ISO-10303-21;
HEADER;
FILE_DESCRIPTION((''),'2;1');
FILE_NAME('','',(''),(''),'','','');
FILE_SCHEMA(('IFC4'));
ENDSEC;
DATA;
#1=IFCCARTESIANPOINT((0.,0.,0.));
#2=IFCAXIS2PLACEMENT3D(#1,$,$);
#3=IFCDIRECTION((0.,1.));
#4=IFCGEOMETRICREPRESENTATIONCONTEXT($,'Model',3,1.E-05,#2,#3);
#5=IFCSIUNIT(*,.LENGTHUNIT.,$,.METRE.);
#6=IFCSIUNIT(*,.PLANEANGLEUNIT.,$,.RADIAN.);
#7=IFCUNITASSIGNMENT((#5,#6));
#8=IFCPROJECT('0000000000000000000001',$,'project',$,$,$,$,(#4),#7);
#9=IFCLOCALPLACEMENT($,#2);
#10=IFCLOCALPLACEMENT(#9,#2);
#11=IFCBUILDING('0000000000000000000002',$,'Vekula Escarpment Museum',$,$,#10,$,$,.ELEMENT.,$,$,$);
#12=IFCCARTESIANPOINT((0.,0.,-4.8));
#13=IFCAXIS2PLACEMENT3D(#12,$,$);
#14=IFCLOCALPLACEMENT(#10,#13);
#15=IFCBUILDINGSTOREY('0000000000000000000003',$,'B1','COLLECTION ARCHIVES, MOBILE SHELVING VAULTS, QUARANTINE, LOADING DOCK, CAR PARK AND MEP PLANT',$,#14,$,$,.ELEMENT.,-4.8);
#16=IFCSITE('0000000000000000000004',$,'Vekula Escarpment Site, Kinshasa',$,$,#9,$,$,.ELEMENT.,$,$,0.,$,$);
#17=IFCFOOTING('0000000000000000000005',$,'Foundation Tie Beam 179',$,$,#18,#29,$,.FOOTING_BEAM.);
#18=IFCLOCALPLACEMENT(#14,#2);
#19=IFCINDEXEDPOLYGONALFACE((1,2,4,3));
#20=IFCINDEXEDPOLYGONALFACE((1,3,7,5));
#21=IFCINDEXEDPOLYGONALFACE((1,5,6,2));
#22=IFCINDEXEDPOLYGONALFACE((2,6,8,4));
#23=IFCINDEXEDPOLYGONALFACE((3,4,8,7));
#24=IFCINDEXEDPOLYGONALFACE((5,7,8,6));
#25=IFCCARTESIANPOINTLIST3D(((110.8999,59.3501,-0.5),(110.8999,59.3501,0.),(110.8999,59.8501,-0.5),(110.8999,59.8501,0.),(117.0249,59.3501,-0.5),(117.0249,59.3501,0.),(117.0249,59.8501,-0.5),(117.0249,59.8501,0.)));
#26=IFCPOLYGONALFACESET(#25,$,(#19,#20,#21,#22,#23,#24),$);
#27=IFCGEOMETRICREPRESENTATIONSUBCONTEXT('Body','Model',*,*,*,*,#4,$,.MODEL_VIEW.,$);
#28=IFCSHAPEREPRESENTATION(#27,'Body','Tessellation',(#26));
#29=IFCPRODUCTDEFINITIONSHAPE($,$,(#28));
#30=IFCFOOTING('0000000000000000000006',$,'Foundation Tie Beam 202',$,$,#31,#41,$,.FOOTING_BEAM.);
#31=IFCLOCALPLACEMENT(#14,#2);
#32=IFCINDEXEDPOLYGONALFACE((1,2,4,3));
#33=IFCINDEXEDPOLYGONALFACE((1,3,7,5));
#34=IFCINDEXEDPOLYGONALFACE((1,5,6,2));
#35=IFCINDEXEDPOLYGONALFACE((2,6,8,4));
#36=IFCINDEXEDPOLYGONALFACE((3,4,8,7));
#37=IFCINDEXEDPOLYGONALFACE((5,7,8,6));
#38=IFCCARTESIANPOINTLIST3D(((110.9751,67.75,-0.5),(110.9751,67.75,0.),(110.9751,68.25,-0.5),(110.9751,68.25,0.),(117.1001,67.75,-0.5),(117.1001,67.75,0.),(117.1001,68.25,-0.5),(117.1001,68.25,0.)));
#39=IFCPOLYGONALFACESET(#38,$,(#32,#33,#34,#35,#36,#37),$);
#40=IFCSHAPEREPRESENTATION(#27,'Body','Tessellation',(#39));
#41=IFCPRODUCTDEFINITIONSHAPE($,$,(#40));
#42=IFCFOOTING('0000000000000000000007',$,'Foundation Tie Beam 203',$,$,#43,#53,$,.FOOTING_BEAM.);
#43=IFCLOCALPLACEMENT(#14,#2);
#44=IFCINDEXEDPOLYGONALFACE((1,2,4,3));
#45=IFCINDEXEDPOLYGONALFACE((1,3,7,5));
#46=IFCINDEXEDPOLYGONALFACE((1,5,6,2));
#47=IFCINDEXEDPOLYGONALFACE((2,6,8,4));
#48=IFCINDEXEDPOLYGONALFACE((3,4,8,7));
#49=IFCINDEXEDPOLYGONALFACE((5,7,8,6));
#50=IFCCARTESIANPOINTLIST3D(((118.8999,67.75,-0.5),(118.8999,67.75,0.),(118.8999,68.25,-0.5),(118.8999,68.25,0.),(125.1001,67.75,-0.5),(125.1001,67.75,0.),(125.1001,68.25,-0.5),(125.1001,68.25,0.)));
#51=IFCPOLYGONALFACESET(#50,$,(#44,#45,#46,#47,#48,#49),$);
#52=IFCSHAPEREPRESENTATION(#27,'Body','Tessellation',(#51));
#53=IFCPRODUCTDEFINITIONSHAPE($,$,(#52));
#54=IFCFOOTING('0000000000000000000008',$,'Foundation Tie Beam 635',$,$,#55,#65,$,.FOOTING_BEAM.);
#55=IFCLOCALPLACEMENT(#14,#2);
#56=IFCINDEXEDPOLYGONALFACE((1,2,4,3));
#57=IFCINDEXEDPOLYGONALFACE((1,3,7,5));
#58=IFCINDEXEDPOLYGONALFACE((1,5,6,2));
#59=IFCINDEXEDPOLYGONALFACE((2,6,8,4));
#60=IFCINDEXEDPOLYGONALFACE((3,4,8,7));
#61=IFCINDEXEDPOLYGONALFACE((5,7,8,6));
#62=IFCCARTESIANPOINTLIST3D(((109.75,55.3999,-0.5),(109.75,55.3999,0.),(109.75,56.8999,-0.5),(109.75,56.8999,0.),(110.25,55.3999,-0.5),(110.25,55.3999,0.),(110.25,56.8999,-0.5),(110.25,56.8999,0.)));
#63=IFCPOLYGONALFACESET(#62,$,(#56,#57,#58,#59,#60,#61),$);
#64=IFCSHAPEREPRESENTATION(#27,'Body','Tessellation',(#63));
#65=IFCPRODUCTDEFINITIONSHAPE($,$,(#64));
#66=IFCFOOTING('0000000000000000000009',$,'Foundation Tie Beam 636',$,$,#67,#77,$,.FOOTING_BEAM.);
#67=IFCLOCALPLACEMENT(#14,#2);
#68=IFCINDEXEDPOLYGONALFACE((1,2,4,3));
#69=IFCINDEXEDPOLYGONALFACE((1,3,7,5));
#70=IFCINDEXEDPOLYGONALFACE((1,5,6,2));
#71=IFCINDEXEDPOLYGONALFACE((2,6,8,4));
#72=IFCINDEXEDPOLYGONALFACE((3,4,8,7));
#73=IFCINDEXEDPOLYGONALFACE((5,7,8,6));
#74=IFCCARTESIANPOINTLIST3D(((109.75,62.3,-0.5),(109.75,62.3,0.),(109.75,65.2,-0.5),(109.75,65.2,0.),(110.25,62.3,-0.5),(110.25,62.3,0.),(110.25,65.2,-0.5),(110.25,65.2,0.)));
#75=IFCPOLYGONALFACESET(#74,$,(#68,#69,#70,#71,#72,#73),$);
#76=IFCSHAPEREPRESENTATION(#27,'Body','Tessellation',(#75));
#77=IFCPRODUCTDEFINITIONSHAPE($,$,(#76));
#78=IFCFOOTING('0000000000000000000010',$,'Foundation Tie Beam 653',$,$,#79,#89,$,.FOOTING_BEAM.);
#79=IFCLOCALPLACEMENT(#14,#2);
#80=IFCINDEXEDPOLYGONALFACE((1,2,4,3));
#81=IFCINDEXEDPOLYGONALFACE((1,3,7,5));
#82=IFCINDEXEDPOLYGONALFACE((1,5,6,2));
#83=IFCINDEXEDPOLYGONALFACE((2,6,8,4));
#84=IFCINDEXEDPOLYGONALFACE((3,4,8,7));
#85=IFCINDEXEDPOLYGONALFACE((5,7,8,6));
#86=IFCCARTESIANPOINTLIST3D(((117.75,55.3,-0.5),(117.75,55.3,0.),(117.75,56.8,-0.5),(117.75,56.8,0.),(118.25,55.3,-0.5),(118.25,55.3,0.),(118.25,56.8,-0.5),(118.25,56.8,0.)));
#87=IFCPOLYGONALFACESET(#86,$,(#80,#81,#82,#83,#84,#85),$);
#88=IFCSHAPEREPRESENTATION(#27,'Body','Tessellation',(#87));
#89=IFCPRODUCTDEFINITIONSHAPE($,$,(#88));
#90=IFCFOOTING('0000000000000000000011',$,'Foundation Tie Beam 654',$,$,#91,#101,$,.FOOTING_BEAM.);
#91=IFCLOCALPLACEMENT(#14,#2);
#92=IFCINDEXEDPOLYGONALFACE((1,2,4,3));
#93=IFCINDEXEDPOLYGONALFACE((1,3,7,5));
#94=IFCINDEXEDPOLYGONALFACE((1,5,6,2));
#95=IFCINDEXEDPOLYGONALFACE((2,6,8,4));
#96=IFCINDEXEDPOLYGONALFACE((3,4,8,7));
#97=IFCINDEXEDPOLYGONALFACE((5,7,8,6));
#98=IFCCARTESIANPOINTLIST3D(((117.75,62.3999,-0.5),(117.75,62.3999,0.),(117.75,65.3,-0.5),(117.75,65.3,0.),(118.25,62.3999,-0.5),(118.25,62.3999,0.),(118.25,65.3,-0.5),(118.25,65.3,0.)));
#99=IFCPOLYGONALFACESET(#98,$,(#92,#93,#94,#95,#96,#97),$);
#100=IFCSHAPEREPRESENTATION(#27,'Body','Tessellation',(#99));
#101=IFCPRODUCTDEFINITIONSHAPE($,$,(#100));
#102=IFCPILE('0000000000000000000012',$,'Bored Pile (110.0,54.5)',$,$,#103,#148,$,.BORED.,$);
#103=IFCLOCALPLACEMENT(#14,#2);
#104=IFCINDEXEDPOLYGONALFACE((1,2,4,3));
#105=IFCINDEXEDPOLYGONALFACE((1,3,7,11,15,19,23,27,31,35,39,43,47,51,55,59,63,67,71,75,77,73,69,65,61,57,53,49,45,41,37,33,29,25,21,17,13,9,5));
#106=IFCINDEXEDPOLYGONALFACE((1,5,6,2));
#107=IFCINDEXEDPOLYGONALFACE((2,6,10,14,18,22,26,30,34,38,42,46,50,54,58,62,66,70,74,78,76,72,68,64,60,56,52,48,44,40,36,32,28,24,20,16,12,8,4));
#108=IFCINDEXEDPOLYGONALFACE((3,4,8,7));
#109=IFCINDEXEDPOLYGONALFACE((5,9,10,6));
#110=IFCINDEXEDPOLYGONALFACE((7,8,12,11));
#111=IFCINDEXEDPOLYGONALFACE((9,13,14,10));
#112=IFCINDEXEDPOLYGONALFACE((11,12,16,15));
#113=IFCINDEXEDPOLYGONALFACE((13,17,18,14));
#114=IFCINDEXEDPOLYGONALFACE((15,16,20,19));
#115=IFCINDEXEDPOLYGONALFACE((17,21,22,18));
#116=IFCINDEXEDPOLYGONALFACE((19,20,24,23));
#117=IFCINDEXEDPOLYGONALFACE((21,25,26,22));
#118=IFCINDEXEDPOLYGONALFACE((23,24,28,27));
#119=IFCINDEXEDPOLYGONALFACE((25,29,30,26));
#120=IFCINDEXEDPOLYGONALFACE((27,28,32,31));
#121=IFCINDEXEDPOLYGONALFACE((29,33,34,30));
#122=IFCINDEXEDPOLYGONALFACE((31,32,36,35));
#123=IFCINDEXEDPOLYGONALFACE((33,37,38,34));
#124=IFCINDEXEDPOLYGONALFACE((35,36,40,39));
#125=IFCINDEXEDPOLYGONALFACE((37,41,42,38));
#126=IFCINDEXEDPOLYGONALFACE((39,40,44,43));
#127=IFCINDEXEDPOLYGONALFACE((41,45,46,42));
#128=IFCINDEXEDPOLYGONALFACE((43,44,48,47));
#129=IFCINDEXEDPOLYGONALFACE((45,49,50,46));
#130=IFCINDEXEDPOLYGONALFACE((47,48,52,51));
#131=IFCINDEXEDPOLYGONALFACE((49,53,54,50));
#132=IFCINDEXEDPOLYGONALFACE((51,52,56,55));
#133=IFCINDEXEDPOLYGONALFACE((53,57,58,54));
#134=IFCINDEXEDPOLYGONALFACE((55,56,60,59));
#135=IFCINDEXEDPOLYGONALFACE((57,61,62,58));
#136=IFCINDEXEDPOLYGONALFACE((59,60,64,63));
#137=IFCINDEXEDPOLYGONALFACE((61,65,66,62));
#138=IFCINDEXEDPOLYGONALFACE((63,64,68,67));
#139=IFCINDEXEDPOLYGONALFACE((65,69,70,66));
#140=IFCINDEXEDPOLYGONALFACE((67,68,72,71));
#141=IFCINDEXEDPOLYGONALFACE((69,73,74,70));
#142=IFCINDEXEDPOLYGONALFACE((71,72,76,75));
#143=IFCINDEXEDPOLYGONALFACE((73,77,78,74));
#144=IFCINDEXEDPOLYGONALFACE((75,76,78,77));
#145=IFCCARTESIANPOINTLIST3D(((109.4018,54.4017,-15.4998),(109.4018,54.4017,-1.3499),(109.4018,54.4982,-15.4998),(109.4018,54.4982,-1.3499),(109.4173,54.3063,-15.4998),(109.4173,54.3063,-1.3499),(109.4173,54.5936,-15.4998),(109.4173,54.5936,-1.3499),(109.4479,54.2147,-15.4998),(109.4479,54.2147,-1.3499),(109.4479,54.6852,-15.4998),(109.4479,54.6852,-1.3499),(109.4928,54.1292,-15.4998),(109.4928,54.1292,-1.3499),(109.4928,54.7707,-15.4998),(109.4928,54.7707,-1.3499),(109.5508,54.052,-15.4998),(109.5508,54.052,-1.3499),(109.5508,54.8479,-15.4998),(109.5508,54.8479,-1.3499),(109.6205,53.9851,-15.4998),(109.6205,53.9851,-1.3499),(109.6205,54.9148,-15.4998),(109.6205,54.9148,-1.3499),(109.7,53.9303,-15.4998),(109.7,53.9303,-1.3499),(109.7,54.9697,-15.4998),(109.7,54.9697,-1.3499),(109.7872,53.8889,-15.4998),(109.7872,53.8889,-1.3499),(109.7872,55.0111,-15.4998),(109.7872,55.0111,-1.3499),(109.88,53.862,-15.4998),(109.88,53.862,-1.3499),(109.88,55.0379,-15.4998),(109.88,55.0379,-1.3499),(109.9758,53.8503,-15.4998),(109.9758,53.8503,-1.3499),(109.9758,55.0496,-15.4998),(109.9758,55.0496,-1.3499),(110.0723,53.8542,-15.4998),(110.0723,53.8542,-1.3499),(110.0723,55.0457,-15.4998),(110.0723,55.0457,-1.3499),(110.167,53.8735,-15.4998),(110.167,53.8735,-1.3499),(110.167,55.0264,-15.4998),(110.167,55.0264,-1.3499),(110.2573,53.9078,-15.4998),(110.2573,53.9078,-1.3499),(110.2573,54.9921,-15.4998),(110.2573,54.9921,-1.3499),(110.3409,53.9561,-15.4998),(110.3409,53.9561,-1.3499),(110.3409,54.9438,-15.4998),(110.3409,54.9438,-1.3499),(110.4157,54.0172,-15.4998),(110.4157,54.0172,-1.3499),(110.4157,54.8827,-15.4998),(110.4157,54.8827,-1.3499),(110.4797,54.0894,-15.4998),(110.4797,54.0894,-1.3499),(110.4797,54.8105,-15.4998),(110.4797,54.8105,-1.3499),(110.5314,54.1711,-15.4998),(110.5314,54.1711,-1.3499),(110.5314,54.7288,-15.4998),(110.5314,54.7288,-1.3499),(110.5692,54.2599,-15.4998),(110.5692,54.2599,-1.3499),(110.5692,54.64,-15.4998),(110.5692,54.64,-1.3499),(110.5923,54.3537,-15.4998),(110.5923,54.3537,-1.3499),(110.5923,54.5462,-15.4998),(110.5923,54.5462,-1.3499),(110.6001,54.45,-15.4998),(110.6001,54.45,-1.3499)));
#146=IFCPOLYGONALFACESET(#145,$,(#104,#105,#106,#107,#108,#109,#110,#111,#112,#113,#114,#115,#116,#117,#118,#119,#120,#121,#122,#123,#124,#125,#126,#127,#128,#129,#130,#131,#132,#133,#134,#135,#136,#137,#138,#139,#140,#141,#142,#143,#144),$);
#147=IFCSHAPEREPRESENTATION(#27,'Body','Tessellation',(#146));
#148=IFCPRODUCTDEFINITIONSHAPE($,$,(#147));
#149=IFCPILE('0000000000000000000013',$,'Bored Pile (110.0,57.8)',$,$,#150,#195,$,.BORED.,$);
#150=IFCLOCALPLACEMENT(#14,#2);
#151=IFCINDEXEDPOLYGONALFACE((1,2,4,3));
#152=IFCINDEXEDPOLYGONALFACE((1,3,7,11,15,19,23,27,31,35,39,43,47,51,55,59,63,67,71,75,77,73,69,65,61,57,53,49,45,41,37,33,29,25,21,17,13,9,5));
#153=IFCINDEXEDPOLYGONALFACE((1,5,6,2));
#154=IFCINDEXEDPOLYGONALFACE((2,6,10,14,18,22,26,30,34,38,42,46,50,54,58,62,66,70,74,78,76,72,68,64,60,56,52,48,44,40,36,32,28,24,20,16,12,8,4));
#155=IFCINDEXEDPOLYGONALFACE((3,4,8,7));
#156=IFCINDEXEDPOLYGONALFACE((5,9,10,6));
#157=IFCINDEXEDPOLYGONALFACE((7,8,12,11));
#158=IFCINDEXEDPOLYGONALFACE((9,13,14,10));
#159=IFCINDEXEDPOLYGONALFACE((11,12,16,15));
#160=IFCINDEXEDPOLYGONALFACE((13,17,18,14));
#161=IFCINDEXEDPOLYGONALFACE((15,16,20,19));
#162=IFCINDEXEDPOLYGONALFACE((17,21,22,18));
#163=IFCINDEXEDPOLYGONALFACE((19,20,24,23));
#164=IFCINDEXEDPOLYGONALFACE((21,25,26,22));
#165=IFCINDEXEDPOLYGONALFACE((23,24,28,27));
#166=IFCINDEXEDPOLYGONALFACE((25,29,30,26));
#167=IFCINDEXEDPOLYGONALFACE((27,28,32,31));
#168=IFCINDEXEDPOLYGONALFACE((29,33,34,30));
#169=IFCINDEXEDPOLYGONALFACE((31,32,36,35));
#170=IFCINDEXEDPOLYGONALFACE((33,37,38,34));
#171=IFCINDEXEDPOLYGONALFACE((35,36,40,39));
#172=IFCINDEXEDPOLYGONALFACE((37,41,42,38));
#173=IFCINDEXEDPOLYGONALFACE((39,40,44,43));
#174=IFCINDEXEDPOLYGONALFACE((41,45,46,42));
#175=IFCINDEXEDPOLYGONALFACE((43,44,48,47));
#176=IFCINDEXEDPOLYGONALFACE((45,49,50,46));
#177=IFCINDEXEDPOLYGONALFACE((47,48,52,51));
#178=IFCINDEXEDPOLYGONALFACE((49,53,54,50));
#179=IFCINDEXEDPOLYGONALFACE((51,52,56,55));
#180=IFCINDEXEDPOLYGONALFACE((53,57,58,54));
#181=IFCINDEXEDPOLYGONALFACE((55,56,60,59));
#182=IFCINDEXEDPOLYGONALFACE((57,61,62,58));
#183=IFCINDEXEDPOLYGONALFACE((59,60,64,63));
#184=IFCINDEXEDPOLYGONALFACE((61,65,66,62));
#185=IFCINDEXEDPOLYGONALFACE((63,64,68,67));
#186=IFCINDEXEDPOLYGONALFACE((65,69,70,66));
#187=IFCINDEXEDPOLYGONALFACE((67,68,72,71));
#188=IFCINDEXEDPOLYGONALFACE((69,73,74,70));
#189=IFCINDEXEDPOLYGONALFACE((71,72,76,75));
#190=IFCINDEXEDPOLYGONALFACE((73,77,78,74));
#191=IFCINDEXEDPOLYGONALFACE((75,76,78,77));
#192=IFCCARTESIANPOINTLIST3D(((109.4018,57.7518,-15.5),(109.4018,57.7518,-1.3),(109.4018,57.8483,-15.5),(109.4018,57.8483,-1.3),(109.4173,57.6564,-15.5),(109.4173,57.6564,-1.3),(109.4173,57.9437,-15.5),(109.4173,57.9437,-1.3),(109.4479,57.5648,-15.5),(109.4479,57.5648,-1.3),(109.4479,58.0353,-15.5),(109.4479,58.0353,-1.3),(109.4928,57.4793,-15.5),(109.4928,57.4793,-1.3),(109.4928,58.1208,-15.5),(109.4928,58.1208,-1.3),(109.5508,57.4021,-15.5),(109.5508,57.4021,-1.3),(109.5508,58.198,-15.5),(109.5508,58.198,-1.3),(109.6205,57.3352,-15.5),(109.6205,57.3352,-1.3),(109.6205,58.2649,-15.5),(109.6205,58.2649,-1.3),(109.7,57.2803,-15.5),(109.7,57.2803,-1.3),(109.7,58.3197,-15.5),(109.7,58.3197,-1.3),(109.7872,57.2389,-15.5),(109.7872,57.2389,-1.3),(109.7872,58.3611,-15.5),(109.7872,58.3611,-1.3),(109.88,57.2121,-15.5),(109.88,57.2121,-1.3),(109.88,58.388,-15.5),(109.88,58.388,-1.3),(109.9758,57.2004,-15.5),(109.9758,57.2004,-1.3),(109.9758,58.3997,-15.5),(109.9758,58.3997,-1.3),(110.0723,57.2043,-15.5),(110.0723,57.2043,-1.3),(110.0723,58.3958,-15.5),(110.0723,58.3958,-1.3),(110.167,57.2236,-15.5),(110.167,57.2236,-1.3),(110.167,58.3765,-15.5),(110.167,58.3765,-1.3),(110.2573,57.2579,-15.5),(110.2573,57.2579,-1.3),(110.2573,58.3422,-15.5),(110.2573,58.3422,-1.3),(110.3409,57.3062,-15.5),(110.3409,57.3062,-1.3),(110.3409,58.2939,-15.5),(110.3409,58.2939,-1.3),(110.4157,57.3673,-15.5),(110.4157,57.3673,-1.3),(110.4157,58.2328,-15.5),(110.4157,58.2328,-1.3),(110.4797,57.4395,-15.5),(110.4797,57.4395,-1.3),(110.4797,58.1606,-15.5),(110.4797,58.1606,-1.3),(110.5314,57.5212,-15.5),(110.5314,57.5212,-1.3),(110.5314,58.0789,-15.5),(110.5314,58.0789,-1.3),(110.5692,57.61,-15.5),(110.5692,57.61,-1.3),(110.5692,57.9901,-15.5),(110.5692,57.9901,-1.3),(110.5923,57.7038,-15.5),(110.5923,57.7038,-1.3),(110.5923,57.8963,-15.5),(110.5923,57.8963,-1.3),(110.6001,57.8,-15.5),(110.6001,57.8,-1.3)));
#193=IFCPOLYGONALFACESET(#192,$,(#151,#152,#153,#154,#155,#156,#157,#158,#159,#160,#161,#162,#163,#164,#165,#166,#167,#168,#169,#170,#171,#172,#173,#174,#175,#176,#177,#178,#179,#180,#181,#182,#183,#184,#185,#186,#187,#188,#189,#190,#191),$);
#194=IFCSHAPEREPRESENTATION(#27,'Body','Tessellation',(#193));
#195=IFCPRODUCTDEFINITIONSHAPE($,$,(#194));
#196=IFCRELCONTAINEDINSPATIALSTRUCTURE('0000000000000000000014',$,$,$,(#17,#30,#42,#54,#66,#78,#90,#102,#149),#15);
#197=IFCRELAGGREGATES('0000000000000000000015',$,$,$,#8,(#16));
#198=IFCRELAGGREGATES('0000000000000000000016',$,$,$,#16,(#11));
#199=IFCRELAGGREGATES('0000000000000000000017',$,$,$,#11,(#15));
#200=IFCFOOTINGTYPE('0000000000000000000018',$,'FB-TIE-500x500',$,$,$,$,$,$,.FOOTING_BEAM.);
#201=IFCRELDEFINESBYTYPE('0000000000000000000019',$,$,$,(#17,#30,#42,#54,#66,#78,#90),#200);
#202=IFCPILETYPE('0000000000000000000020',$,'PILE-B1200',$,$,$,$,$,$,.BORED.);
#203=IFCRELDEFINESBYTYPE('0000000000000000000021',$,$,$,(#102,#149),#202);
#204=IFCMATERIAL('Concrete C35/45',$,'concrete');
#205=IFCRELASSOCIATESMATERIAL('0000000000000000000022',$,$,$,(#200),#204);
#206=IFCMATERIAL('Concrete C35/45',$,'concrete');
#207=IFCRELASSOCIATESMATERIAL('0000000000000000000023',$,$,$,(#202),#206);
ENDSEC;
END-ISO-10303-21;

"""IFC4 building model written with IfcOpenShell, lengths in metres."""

from ifc_helpers import new_model, si_unit, direction, frame, origin, origin_2d, place, context, subcontext, project, spatial, rectangle, circle, extrude, material, material_profile, profile_set, type_object, element, save


model = new_model("IFC4")

# Units and contexts
model_context = context("Model", 3, precision=1e-05, world=origin(), true_north=direction((0.0, 1.0)))
body_context = subcontext(model_context, "Body", "Model", "MODEL_VIEW")
ifc_project = project(units=[si_unit("LENGTHUNIT", "METRE"), si_unit("PLANEANGLEUNIT", "RADIAN")], contexts=[model_context])

# Site, building, storey
site_placement = place(None, origin())
site = spatial("IfcSite", under=ifc_project, at=site_placement, Name="Vekula Escarpment Site, Kinshasa", CompositionType="ELEMENT", RefElevation=0.0)
building_placement = place(site_placement, origin())
building = spatial("IfcBuilding", under=site, at=building_placement, Name="Vekula Escarpment Museum", CompositionType="ELEMENT")
storey_placement = place(building_placement, frame((0.0, 0.0, -4.8)))
storey = spatial("IfcBuildingStorey", under=building, at=storey_placement, Name="B1", Description="COLLECTION ARCHIVES, MOBILE SHELVING VAULTS, QUARANTINE, LOADING DOCK, CAR PARK AND MEP PLANT", CompositionType="ELEMENT", Elevation=-4.8)

# Footings
ifc_material_1 = material(Name="Concrete C35/45", Category="concrete")
ifc_material_profile_1 = material_profile(ifc_material_1, rectangle(XDim=0.5, YDim=0.5, at=origin_2d()), Name="RC 500x500")
ifc_profile_set_1 = profile_set([ifc_material_profile_1], Name="Concrete C35/45")
footing_type = type_object("IfcFootingType", Name="FB-TIE-500x500", PredefinedType="FOOTING_BEAM", material=ifc_profile_set_1)
for number, where, z_axis, x_axis, name in (
    (1, (110.8999, 59.6001, -0.25), (1.0, 0.0, 0.0), (0.0, 1.0, 0.0), "Foundation Tie Beam 179"),
    (2, (110.9751, 68.0, -0.25), (1.0, 0.0, 0.0), (0.0, 1.0, 0.0), "Foundation Tie Beam 202"),
):
    element("IfcFooting", number, at=place(storey_placement, frame(where, z_axis=z_axis, x_axis=x_axis)), inside=storey, type_object=footing_type, Name=name, PredefinedType="FOOTING_BEAM", context=body_context, shape_type="SweptSolid", body=[
        extrude(rectangle(XDim=0.5, YDim=0.5, at=origin_2d()), origin(), (0.0, 0.0, 1.0), 6.125),
    ])
footing_1_placement = place(storey_placement, frame((118.8999, 68.0, -0.25), z_axis=(1.0, 0.0, 0.0), x_axis=(0.0, 1.0, 0.0)))
element("IfcFooting", 3, at=footing_1_placement, inside=storey, type_object=footing_type, Name="Foundation Tie Beam 203", PredefinedType="FOOTING_BEAM", context=body_context, shape_type="SweptSolid", body=[
    extrude(rectangle(XDim=0.5, YDim=0.5, at=origin_2d()), origin(), (0.0, 0.0, 1.0), 6.2002),
])
footing_2_placement = place(storey_placement, frame((110.0, 55.3999, -0.25), z_axis=(0.0, 1.0, 0.0), x_axis=(-1.0, 0.0, 0.0)))
element("IfcFooting", 4, at=footing_2_placement, inside=storey, type_object=footing_type, Name="Foundation Tie Beam 635", PredefinedType="FOOTING_BEAM", context=body_context, shape_type="SweptSolid", body=[
    extrude(rectangle(XDim=0.5, YDim=0.5, at=origin_2d()), origin(), (0.0, 0.0, 1.0), 1.5),
])
footing_3_placement = place(storey_placement, frame((110.0, 62.3, -0.25), z_axis=(0.0, 1.0, 0.0), x_axis=(-1.0, 0.0, 0.0)))
element("IfcFooting", 5, at=footing_3_placement, inside=storey, type_object=footing_type, Name="Foundation Tie Beam 636", PredefinedType="FOOTING_BEAM", context=body_context, shape_type="SweptSolid", body=[
    extrude(rectangle(XDim=0.5, YDim=0.5, at=origin_2d()), origin(), (0.0, 0.0, 1.0), 2.8999),
])
footing_4_placement = place(storey_placement, frame((118.0, 55.3, -0.25), z_axis=(0.0, 1.0, 0.0), x_axis=(-1.0, 0.0, 0.0)))
element("IfcFooting", 6, at=footing_4_placement, inside=storey, type_object=footing_type, Name="Foundation Tie Beam 653", PredefinedType="FOOTING_BEAM", context=body_context, shape_type="SweptSolid", body=[
    extrude(rectangle(XDim=0.5, YDim=0.5, at=origin_2d()), origin(), (0.0, 0.0, 1.0), 1.5),
])
footing_5_placement = place(storey_placement, frame((118.0, 62.3999, -0.25), z_axis=(0.0, 1.0, 0.0), x_axis=(-1.0, 0.0, 0.0)))
element("IfcFooting", 7, at=footing_5_placement, inside=storey, type_object=footing_type, Name="Foundation Tie Beam 654", PredefinedType="FOOTING_BEAM", context=body_context, shape_type="SweptSolid", body=[
    extrude(rectangle(XDim=0.5, YDim=0.5, at=origin_2d()), origin(), (0.0, 0.0, 1.0), 2.9001),
])

# Piles
ifc_material_2 = material(Name="Concrete C35/45", Category="concrete")
ifc_material_profile_2 = material_profile(ifc_material_2, circle(Radius=0.6001, at=origin_2d()), Name="BORED PILE 1200")
ifc_profile_set_2 = profile_set([ifc_material_profile_2], Name="Concrete C35/45")
pile_type = type_object("IfcPileType", Name="PILE-B1200", PredefinedType="BORED", material=ifc_profile_set_2)
pile_1_placement = place(storey_placement, frame((110.0, 54.45, -1.3499), z_axis=(0.0, 0.0, -1.0), x_axis=(1.0, 0.0, 0.0)))
element("IfcPile", 8, at=pile_1_placement, inside=storey, type_object=pile_type, Name="Bored Pile (110.0,54.5)", PredefinedType="BORED", context=body_context, shape_type="SweptSolid", body=[
    extrude(circle(Radius=0.6001, at=origin_2d()), origin(), (0.0, 0.0, 1.0), 14.1499),
])
for number, where, z_axis, x_axis, name in (
    (9, (110.0, 57.8, -1.3), (0.0, 0.0, -1.0), (1.0, 0.0, 0.0), "Bored Pile (110.0,57.8)"),
):
    element("IfcPile", number, at=place(storey_placement, frame(where, z_axis=z_axis, x_axis=x_axis)), inside=storey, type_object=pile_type, Name=name, PredefinedType="BORED", context=body_context, shape_type="SweptSolid", body=[
        extrude(circle(Radius=0.6001, at=origin_2d()), origin(), (0.0, 0.0, 1.0), 14.2),
    ])

save(model, "model.ifc")
